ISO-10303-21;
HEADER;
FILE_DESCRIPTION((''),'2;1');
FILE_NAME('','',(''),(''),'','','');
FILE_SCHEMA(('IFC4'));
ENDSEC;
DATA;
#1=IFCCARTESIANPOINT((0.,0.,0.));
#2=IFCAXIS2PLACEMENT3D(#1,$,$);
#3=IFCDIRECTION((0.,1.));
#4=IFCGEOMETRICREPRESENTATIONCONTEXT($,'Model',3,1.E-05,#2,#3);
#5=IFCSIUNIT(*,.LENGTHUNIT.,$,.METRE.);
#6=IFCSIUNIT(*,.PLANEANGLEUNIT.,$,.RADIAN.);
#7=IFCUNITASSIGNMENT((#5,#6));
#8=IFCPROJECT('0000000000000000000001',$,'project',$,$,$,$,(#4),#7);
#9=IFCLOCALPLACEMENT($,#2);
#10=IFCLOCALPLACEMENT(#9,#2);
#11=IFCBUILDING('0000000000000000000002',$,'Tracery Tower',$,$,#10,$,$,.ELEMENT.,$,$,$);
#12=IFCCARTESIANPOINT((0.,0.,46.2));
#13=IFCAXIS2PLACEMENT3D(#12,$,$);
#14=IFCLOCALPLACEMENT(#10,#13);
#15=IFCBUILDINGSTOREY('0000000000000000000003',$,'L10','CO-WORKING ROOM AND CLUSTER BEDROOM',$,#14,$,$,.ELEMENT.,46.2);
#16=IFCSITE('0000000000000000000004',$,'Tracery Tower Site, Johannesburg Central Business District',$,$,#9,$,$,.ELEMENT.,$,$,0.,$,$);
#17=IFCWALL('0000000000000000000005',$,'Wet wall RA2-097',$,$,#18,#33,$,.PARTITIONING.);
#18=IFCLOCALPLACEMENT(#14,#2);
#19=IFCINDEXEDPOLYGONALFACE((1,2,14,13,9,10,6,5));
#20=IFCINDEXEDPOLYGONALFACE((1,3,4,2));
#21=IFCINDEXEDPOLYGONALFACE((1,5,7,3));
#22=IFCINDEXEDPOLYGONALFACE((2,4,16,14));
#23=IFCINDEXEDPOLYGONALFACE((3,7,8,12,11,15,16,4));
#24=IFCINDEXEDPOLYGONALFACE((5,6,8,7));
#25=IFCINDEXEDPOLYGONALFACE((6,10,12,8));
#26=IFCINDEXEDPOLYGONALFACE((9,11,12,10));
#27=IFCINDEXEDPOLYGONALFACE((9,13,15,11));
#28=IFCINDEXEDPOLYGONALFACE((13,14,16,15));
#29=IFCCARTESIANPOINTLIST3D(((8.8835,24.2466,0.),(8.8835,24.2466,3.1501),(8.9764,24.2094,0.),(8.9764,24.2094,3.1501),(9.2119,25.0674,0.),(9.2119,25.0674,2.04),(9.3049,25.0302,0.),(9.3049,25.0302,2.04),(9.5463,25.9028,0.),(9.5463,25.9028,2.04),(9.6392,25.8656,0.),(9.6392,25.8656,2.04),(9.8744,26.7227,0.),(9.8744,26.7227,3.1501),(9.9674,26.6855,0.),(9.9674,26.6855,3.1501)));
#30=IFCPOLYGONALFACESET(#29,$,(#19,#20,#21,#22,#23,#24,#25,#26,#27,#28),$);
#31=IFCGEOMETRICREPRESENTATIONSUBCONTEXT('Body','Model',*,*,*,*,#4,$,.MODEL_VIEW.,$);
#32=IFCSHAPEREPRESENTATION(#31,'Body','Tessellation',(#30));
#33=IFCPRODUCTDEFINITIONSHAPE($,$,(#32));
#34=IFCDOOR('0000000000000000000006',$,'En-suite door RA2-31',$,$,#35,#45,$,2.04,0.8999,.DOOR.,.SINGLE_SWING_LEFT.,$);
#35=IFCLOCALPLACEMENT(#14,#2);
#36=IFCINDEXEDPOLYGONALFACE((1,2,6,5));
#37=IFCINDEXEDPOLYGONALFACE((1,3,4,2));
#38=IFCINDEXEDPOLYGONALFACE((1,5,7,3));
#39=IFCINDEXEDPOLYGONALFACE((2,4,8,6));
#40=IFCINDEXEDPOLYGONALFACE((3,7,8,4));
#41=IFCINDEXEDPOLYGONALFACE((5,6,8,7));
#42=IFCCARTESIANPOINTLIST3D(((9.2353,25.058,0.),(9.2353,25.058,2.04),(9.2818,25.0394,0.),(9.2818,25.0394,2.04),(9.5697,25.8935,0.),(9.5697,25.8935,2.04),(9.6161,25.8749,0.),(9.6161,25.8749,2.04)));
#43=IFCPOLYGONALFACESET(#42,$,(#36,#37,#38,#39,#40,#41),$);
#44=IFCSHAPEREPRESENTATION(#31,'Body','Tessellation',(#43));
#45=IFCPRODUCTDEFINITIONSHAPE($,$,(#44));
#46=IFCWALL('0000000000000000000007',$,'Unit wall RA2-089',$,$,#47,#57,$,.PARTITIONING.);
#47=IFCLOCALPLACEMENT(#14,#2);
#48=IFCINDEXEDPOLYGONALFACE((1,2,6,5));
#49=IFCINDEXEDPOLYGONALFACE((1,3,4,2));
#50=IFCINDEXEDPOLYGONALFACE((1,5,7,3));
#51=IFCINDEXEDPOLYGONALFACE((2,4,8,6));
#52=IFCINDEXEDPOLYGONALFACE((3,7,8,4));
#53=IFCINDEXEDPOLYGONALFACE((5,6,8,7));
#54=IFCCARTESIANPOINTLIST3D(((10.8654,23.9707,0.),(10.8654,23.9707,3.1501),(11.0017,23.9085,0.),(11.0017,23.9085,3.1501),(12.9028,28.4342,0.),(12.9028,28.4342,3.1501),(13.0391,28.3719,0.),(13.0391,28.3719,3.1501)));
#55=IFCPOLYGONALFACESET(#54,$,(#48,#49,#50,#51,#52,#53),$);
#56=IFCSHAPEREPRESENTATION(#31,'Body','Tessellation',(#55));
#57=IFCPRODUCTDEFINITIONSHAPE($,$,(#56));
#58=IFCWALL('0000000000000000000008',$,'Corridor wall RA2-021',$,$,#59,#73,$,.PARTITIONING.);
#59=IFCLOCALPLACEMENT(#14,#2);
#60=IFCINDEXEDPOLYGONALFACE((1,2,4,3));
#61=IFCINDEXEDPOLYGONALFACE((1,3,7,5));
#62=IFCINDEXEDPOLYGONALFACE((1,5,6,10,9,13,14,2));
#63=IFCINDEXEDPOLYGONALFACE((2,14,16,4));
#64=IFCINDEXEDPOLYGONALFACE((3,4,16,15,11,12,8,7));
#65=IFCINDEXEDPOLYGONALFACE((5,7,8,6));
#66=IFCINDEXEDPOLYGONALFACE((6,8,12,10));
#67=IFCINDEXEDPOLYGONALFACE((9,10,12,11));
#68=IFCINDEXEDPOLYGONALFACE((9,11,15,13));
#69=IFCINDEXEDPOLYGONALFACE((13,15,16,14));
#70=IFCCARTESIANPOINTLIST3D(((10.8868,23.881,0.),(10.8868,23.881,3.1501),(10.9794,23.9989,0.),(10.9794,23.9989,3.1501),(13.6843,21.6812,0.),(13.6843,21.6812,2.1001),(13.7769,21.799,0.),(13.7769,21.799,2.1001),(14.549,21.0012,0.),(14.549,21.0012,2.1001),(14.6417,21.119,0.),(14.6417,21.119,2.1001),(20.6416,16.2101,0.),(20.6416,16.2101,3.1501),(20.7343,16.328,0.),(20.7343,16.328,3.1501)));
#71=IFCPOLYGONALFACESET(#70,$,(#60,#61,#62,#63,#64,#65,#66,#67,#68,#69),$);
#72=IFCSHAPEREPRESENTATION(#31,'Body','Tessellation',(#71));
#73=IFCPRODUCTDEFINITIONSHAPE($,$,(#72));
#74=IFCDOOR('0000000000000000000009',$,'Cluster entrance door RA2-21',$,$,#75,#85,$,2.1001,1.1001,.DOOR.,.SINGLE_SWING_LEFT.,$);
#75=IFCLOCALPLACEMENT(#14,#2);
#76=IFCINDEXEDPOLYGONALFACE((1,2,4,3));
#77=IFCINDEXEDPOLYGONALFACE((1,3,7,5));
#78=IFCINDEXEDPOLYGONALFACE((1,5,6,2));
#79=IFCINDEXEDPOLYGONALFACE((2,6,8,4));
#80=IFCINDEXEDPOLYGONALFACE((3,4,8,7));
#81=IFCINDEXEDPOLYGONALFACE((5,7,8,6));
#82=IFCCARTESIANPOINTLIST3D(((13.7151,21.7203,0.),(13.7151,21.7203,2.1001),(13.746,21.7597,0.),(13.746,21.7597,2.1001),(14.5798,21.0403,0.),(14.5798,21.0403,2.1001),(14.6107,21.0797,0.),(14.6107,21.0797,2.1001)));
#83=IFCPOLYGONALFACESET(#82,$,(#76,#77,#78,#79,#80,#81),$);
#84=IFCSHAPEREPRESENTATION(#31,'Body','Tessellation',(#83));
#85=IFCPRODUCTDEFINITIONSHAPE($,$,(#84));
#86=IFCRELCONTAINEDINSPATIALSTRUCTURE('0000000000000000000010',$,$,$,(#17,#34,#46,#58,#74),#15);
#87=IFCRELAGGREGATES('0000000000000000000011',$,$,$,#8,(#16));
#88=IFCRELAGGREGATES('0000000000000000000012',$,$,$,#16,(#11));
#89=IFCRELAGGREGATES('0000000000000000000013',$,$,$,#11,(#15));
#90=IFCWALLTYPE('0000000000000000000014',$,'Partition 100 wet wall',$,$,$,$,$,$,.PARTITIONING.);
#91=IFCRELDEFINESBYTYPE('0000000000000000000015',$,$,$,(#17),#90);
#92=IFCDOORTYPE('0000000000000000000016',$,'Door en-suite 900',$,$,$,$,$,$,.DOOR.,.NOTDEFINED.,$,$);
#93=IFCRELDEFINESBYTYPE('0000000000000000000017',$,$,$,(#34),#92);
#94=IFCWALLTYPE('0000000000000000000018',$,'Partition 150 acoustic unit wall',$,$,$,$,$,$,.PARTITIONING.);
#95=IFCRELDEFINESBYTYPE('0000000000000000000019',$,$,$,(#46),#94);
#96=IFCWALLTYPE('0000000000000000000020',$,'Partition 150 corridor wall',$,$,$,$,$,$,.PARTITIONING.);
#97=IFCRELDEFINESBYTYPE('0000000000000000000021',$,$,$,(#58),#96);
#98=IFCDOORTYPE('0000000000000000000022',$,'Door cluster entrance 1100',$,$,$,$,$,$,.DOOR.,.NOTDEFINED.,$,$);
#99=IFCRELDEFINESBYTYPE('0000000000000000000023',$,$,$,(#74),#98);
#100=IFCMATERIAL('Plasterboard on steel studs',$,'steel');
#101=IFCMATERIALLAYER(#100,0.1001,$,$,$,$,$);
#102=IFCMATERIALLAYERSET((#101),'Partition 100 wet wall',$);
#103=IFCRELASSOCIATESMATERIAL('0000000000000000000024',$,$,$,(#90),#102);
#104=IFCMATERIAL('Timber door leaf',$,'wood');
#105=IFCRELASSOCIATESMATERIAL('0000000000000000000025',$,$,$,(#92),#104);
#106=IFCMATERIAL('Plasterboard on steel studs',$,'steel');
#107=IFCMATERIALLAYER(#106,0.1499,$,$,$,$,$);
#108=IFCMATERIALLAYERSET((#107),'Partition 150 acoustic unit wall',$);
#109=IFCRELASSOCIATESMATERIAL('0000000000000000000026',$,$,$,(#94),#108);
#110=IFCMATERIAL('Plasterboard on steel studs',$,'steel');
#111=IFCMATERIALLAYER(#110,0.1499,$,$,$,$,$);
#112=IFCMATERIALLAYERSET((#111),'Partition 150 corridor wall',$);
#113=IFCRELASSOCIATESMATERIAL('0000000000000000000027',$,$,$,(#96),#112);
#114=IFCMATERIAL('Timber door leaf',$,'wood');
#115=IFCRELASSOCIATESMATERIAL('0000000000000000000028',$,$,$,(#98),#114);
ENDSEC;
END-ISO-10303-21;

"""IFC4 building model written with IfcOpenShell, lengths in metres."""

from ifc_helpers import new_model, si_unit, direction, frame, frame_2d, origin, place, context, subcontext, project, spatial, rectangle, extrude, material, layer, layer_set, type_object, element, fill, save


model = new_model("IFC4")

# Units and contexts
model_context = context("Model", 3, precision=1e-05, world=origin(), true_north=direction((0.0, 1.0)))
body_context = subcontext(model_context, "Body", "Model", "MODEL_VIEW")
ifc_project = project(units=[si_unit("LENGTHUNIT", "METRE"), si_unit("PLANEANGLEUNIT", "RADIAN")], contexts=[model_context])

# Site, building, storey
site_placement = place(None, origin())
site = spatial("IfcSite", under=ifc_project, at=site_placement, Name="Tracery Tower Site, Johannesburg Central Business District", CompositionType="ELEMENT", RefElevation=0.0)
building_placement = place(site_placement, origin())
building = spatial("IfcBuilding", under=site, at=building_placement, Name="Tracery Tower", CompositionType="ELEMENT")
storey_placement = place(building_placement, frame((0.0, 0.0, 46.2)))
storey = spatial("IfcBuildingStorey", under=building, at=storey_placement, Name="L10", Description="CO-WORKING ROOM AND CLUSTER BEDROOM", CompositionType="ELEMENT", Elevation=46.2)

# Shared definitions
ifc_material_1 = material(Name="Plasterboard on steel studs", Category="steel")
ifc_layer_1 = layer(ifc_material_1, 0.1001)
ifc_layer_set_1 = layer_set([ifc_layer_1], Name="Partition 100 wet wall")
wall_type_1 = type_object("IfcWallType", Name="Partition 100 wet wall", PredefinedType="PARTITIONING", material=ifc_layer_set_1)
ifc_material_2 = material(Name="Timber door leaf", Category="wood")
door_type_1 = type_object("IfcDoorType", Name="Door en-suite 900", OperationType="NOTDEFINED", PredefinedType="DOOR", material=ifc_material_2)

# Wall, opening, door
wall_1_placement = place(storey_placement, frame((8.9299, 24.228, 0.0), z_axis=(0.0, 0.0, 1.0), x_axis=(0.371564, 0.928407, 0.0)))
wall_1 = element("IfcWall", 1, at=wall_1_placement, inside=storey, type_object=wall_type_1, Name="Wet wall RA2-097", PredefinedType="PARTITIONING", context=body_context, shape_type="SweptSolid", body=[
    extrude(rectangle(XDim=2.667, YDim=0.1001, at=frame_2d((1.3335, 0.0))), origin(), (0.0, 0.0, 1.0), 3.1501),
])
opening_1_placement = place(wall_1_placement, frame((0.884, 0.0, 0.0)))
opening_1 = element("IfcOpeningElement", 2, at=opening_1_placement, cuts=wall_1, PredefinedType="OPENING", context=body_context, shape_type="SweptSolid", body=[
    extrude(rectangle(XDim=0.8999, YDim=2.04, at=frame_2d((0.45, 1.02))), frame((0.0, 0.05, 0.0), z_axis=(0.0, -1.0, 0.0), x_axis=(1.0, 0.0, 0.0)), (0.0, 0.0, 1.0), 0.1001),
])
door_1_placement = place(opening_1_placement, origin())
door_1 = element("IfcDoor", 3, at=door_1_placement, inside=storey, type_object=door_type_1, Name="En-suite door RA2-31", OperationType="SINGLE_SWING_LEFT", OverallHeight=2.04, OverallWidth=0.8999, PredefinedType="DOOR", context=body_context, shape_type="SweptSolid", body=[
    extrude(rectangle(XDim=0.8999, YDim=2.04, at=frame_2d((0.45, 1.02))), frame((0.0, 0.0249, 0.0), z_axis=(0.0, -1.0, 0.0), x_axis=(1.0, 0.0, 0.0)), (0.0, 0.0, 1.0), 0.05),
])
fill(opening_1, door_1)

# Wall
ifc_material_3 = material(Name="Plasterboard on steel studs", Category="steel")
ifc_layer_2 = layer(ifc_material_3, 0.1499)
ifc_layer_set_2 = layer_set([ifc_layer_2], Name="Partition 150 acoustic unit wall")
wall_type_2 = type_object("IfcWallType", Name="Partition 150 acoustic unit wall", PredefinedType="PARTITIONING", material=ifc_layer_set_2)
wall_2_placement = place(storey_placement, frame((10.9336, 23.9397, 0.0), z_axis=(0.0, 0.0, 1.0), x_axis=(0.415246, 0.909709, 0.0)))
element("IfcWall", 4, at=wall_2_placement, inside=storey, type_object=wall_type_2, Name="Unit wall RA2-089", PredefinedType="PARTITIONING", context=body_context, shape_type="SweptSolid", body=[
    extrude(rectangle(XDim=4.9065, YDim=0.1499, at=frame_2d((2.4531, 0.0))), origin(), (0.0, 0.0, 1.0), 3.1501),
])

# Wall, opening, door
ifc_material_4 = material(Name="Plasterboard on steel studs", Category="steel")
ifc_layer_3 = layer(ifc_material_4, 0.1499)
ifc_layer_set_3 = layer_set([ifc_layer_3], Name="Partition 150 corridor wall")
wall_type_3 = type_object("IfcWallType", Name="Partition 150 corridor wall", PredefinedType="PARTITIONING", material=ifc_layer_set_3)
wall_3_placement = place(storey_placement, frame((10.9331, 23.9399, 0.0), z_axis=(0.0, 0.0, 1.0), x_axis=(0.78607, -0.618138, 0.0)))
wall_3 = element("IfcWall", 5, at=wall_3_placement, inside=storey, type_object=wall_type_3, Name="Corridor wall RA2-021", PredefinedType="PARTITIONING", context=body_context, shape_type="SweptSolid", body=[
    extrude(rectangle(XDim=12.4097, YDim=0.1499, at=frame_2d((6.2048, 0.0))), origin(), (0.0, 0.0, 1.0), 3.1501),
])
opening_2_placement = place(wall_3_placement, frame((3.5588, 0.0, 0.0)))
opening_2 = element("IfcOpeningElement", 6, at=opening_2_placement, cuts=wall_3, PredefinedType="OPENING", context=body_context, shape_type="SweptSolid", body=[
    extrude(rectangle(XDim=1.1001, YDim=2.1001, at=frame_2d((0.55, 1.05))), frame((0.0, 0.075, 0.0), z_axis=(0.0, -1.0, 0.0), x_axis=(1.0, 0.0, 0.0)), (0.0, 0.0, 1.0), 0.1499),
])
ifc_material_5 = material(Name="Timber door leaf", Category="wood")
door_type_2 = type_object("IfcDoorType", Name="Door cluster entrance 1100", OperationType="NOTDEFINED", PredefinedType="DOOR", material=ifc_material_5)
door_2_placement = place(opening_2_placement, origin())
door_2 = element("IfcDoor", 7, at=door_2_placement, inside=storey, type_object=door_type_2, Name="Cluster entrance door RA2-21", OperationType="SINGLE_SWING_LEFT", OverallHeight=2.1001, OverallWidth=1.1001, PredefinedType="DOOR", context=body_context, shape_type="SweptSolid", body=[
    extrude(rectangle(XDim=1.1001, YDim=2.1001, at=frame_2d((0.55, 1.05))), frame((0.0, 0.0249, 0.0), z_axis=(0.0, -1.0, 0.0), x_axis=(1.0, 0.0, 0.0)), (0.0, 0.0, 1.0), 0.05),
])
fill(opening_2, door_2)

save(model, "model.ifc")
